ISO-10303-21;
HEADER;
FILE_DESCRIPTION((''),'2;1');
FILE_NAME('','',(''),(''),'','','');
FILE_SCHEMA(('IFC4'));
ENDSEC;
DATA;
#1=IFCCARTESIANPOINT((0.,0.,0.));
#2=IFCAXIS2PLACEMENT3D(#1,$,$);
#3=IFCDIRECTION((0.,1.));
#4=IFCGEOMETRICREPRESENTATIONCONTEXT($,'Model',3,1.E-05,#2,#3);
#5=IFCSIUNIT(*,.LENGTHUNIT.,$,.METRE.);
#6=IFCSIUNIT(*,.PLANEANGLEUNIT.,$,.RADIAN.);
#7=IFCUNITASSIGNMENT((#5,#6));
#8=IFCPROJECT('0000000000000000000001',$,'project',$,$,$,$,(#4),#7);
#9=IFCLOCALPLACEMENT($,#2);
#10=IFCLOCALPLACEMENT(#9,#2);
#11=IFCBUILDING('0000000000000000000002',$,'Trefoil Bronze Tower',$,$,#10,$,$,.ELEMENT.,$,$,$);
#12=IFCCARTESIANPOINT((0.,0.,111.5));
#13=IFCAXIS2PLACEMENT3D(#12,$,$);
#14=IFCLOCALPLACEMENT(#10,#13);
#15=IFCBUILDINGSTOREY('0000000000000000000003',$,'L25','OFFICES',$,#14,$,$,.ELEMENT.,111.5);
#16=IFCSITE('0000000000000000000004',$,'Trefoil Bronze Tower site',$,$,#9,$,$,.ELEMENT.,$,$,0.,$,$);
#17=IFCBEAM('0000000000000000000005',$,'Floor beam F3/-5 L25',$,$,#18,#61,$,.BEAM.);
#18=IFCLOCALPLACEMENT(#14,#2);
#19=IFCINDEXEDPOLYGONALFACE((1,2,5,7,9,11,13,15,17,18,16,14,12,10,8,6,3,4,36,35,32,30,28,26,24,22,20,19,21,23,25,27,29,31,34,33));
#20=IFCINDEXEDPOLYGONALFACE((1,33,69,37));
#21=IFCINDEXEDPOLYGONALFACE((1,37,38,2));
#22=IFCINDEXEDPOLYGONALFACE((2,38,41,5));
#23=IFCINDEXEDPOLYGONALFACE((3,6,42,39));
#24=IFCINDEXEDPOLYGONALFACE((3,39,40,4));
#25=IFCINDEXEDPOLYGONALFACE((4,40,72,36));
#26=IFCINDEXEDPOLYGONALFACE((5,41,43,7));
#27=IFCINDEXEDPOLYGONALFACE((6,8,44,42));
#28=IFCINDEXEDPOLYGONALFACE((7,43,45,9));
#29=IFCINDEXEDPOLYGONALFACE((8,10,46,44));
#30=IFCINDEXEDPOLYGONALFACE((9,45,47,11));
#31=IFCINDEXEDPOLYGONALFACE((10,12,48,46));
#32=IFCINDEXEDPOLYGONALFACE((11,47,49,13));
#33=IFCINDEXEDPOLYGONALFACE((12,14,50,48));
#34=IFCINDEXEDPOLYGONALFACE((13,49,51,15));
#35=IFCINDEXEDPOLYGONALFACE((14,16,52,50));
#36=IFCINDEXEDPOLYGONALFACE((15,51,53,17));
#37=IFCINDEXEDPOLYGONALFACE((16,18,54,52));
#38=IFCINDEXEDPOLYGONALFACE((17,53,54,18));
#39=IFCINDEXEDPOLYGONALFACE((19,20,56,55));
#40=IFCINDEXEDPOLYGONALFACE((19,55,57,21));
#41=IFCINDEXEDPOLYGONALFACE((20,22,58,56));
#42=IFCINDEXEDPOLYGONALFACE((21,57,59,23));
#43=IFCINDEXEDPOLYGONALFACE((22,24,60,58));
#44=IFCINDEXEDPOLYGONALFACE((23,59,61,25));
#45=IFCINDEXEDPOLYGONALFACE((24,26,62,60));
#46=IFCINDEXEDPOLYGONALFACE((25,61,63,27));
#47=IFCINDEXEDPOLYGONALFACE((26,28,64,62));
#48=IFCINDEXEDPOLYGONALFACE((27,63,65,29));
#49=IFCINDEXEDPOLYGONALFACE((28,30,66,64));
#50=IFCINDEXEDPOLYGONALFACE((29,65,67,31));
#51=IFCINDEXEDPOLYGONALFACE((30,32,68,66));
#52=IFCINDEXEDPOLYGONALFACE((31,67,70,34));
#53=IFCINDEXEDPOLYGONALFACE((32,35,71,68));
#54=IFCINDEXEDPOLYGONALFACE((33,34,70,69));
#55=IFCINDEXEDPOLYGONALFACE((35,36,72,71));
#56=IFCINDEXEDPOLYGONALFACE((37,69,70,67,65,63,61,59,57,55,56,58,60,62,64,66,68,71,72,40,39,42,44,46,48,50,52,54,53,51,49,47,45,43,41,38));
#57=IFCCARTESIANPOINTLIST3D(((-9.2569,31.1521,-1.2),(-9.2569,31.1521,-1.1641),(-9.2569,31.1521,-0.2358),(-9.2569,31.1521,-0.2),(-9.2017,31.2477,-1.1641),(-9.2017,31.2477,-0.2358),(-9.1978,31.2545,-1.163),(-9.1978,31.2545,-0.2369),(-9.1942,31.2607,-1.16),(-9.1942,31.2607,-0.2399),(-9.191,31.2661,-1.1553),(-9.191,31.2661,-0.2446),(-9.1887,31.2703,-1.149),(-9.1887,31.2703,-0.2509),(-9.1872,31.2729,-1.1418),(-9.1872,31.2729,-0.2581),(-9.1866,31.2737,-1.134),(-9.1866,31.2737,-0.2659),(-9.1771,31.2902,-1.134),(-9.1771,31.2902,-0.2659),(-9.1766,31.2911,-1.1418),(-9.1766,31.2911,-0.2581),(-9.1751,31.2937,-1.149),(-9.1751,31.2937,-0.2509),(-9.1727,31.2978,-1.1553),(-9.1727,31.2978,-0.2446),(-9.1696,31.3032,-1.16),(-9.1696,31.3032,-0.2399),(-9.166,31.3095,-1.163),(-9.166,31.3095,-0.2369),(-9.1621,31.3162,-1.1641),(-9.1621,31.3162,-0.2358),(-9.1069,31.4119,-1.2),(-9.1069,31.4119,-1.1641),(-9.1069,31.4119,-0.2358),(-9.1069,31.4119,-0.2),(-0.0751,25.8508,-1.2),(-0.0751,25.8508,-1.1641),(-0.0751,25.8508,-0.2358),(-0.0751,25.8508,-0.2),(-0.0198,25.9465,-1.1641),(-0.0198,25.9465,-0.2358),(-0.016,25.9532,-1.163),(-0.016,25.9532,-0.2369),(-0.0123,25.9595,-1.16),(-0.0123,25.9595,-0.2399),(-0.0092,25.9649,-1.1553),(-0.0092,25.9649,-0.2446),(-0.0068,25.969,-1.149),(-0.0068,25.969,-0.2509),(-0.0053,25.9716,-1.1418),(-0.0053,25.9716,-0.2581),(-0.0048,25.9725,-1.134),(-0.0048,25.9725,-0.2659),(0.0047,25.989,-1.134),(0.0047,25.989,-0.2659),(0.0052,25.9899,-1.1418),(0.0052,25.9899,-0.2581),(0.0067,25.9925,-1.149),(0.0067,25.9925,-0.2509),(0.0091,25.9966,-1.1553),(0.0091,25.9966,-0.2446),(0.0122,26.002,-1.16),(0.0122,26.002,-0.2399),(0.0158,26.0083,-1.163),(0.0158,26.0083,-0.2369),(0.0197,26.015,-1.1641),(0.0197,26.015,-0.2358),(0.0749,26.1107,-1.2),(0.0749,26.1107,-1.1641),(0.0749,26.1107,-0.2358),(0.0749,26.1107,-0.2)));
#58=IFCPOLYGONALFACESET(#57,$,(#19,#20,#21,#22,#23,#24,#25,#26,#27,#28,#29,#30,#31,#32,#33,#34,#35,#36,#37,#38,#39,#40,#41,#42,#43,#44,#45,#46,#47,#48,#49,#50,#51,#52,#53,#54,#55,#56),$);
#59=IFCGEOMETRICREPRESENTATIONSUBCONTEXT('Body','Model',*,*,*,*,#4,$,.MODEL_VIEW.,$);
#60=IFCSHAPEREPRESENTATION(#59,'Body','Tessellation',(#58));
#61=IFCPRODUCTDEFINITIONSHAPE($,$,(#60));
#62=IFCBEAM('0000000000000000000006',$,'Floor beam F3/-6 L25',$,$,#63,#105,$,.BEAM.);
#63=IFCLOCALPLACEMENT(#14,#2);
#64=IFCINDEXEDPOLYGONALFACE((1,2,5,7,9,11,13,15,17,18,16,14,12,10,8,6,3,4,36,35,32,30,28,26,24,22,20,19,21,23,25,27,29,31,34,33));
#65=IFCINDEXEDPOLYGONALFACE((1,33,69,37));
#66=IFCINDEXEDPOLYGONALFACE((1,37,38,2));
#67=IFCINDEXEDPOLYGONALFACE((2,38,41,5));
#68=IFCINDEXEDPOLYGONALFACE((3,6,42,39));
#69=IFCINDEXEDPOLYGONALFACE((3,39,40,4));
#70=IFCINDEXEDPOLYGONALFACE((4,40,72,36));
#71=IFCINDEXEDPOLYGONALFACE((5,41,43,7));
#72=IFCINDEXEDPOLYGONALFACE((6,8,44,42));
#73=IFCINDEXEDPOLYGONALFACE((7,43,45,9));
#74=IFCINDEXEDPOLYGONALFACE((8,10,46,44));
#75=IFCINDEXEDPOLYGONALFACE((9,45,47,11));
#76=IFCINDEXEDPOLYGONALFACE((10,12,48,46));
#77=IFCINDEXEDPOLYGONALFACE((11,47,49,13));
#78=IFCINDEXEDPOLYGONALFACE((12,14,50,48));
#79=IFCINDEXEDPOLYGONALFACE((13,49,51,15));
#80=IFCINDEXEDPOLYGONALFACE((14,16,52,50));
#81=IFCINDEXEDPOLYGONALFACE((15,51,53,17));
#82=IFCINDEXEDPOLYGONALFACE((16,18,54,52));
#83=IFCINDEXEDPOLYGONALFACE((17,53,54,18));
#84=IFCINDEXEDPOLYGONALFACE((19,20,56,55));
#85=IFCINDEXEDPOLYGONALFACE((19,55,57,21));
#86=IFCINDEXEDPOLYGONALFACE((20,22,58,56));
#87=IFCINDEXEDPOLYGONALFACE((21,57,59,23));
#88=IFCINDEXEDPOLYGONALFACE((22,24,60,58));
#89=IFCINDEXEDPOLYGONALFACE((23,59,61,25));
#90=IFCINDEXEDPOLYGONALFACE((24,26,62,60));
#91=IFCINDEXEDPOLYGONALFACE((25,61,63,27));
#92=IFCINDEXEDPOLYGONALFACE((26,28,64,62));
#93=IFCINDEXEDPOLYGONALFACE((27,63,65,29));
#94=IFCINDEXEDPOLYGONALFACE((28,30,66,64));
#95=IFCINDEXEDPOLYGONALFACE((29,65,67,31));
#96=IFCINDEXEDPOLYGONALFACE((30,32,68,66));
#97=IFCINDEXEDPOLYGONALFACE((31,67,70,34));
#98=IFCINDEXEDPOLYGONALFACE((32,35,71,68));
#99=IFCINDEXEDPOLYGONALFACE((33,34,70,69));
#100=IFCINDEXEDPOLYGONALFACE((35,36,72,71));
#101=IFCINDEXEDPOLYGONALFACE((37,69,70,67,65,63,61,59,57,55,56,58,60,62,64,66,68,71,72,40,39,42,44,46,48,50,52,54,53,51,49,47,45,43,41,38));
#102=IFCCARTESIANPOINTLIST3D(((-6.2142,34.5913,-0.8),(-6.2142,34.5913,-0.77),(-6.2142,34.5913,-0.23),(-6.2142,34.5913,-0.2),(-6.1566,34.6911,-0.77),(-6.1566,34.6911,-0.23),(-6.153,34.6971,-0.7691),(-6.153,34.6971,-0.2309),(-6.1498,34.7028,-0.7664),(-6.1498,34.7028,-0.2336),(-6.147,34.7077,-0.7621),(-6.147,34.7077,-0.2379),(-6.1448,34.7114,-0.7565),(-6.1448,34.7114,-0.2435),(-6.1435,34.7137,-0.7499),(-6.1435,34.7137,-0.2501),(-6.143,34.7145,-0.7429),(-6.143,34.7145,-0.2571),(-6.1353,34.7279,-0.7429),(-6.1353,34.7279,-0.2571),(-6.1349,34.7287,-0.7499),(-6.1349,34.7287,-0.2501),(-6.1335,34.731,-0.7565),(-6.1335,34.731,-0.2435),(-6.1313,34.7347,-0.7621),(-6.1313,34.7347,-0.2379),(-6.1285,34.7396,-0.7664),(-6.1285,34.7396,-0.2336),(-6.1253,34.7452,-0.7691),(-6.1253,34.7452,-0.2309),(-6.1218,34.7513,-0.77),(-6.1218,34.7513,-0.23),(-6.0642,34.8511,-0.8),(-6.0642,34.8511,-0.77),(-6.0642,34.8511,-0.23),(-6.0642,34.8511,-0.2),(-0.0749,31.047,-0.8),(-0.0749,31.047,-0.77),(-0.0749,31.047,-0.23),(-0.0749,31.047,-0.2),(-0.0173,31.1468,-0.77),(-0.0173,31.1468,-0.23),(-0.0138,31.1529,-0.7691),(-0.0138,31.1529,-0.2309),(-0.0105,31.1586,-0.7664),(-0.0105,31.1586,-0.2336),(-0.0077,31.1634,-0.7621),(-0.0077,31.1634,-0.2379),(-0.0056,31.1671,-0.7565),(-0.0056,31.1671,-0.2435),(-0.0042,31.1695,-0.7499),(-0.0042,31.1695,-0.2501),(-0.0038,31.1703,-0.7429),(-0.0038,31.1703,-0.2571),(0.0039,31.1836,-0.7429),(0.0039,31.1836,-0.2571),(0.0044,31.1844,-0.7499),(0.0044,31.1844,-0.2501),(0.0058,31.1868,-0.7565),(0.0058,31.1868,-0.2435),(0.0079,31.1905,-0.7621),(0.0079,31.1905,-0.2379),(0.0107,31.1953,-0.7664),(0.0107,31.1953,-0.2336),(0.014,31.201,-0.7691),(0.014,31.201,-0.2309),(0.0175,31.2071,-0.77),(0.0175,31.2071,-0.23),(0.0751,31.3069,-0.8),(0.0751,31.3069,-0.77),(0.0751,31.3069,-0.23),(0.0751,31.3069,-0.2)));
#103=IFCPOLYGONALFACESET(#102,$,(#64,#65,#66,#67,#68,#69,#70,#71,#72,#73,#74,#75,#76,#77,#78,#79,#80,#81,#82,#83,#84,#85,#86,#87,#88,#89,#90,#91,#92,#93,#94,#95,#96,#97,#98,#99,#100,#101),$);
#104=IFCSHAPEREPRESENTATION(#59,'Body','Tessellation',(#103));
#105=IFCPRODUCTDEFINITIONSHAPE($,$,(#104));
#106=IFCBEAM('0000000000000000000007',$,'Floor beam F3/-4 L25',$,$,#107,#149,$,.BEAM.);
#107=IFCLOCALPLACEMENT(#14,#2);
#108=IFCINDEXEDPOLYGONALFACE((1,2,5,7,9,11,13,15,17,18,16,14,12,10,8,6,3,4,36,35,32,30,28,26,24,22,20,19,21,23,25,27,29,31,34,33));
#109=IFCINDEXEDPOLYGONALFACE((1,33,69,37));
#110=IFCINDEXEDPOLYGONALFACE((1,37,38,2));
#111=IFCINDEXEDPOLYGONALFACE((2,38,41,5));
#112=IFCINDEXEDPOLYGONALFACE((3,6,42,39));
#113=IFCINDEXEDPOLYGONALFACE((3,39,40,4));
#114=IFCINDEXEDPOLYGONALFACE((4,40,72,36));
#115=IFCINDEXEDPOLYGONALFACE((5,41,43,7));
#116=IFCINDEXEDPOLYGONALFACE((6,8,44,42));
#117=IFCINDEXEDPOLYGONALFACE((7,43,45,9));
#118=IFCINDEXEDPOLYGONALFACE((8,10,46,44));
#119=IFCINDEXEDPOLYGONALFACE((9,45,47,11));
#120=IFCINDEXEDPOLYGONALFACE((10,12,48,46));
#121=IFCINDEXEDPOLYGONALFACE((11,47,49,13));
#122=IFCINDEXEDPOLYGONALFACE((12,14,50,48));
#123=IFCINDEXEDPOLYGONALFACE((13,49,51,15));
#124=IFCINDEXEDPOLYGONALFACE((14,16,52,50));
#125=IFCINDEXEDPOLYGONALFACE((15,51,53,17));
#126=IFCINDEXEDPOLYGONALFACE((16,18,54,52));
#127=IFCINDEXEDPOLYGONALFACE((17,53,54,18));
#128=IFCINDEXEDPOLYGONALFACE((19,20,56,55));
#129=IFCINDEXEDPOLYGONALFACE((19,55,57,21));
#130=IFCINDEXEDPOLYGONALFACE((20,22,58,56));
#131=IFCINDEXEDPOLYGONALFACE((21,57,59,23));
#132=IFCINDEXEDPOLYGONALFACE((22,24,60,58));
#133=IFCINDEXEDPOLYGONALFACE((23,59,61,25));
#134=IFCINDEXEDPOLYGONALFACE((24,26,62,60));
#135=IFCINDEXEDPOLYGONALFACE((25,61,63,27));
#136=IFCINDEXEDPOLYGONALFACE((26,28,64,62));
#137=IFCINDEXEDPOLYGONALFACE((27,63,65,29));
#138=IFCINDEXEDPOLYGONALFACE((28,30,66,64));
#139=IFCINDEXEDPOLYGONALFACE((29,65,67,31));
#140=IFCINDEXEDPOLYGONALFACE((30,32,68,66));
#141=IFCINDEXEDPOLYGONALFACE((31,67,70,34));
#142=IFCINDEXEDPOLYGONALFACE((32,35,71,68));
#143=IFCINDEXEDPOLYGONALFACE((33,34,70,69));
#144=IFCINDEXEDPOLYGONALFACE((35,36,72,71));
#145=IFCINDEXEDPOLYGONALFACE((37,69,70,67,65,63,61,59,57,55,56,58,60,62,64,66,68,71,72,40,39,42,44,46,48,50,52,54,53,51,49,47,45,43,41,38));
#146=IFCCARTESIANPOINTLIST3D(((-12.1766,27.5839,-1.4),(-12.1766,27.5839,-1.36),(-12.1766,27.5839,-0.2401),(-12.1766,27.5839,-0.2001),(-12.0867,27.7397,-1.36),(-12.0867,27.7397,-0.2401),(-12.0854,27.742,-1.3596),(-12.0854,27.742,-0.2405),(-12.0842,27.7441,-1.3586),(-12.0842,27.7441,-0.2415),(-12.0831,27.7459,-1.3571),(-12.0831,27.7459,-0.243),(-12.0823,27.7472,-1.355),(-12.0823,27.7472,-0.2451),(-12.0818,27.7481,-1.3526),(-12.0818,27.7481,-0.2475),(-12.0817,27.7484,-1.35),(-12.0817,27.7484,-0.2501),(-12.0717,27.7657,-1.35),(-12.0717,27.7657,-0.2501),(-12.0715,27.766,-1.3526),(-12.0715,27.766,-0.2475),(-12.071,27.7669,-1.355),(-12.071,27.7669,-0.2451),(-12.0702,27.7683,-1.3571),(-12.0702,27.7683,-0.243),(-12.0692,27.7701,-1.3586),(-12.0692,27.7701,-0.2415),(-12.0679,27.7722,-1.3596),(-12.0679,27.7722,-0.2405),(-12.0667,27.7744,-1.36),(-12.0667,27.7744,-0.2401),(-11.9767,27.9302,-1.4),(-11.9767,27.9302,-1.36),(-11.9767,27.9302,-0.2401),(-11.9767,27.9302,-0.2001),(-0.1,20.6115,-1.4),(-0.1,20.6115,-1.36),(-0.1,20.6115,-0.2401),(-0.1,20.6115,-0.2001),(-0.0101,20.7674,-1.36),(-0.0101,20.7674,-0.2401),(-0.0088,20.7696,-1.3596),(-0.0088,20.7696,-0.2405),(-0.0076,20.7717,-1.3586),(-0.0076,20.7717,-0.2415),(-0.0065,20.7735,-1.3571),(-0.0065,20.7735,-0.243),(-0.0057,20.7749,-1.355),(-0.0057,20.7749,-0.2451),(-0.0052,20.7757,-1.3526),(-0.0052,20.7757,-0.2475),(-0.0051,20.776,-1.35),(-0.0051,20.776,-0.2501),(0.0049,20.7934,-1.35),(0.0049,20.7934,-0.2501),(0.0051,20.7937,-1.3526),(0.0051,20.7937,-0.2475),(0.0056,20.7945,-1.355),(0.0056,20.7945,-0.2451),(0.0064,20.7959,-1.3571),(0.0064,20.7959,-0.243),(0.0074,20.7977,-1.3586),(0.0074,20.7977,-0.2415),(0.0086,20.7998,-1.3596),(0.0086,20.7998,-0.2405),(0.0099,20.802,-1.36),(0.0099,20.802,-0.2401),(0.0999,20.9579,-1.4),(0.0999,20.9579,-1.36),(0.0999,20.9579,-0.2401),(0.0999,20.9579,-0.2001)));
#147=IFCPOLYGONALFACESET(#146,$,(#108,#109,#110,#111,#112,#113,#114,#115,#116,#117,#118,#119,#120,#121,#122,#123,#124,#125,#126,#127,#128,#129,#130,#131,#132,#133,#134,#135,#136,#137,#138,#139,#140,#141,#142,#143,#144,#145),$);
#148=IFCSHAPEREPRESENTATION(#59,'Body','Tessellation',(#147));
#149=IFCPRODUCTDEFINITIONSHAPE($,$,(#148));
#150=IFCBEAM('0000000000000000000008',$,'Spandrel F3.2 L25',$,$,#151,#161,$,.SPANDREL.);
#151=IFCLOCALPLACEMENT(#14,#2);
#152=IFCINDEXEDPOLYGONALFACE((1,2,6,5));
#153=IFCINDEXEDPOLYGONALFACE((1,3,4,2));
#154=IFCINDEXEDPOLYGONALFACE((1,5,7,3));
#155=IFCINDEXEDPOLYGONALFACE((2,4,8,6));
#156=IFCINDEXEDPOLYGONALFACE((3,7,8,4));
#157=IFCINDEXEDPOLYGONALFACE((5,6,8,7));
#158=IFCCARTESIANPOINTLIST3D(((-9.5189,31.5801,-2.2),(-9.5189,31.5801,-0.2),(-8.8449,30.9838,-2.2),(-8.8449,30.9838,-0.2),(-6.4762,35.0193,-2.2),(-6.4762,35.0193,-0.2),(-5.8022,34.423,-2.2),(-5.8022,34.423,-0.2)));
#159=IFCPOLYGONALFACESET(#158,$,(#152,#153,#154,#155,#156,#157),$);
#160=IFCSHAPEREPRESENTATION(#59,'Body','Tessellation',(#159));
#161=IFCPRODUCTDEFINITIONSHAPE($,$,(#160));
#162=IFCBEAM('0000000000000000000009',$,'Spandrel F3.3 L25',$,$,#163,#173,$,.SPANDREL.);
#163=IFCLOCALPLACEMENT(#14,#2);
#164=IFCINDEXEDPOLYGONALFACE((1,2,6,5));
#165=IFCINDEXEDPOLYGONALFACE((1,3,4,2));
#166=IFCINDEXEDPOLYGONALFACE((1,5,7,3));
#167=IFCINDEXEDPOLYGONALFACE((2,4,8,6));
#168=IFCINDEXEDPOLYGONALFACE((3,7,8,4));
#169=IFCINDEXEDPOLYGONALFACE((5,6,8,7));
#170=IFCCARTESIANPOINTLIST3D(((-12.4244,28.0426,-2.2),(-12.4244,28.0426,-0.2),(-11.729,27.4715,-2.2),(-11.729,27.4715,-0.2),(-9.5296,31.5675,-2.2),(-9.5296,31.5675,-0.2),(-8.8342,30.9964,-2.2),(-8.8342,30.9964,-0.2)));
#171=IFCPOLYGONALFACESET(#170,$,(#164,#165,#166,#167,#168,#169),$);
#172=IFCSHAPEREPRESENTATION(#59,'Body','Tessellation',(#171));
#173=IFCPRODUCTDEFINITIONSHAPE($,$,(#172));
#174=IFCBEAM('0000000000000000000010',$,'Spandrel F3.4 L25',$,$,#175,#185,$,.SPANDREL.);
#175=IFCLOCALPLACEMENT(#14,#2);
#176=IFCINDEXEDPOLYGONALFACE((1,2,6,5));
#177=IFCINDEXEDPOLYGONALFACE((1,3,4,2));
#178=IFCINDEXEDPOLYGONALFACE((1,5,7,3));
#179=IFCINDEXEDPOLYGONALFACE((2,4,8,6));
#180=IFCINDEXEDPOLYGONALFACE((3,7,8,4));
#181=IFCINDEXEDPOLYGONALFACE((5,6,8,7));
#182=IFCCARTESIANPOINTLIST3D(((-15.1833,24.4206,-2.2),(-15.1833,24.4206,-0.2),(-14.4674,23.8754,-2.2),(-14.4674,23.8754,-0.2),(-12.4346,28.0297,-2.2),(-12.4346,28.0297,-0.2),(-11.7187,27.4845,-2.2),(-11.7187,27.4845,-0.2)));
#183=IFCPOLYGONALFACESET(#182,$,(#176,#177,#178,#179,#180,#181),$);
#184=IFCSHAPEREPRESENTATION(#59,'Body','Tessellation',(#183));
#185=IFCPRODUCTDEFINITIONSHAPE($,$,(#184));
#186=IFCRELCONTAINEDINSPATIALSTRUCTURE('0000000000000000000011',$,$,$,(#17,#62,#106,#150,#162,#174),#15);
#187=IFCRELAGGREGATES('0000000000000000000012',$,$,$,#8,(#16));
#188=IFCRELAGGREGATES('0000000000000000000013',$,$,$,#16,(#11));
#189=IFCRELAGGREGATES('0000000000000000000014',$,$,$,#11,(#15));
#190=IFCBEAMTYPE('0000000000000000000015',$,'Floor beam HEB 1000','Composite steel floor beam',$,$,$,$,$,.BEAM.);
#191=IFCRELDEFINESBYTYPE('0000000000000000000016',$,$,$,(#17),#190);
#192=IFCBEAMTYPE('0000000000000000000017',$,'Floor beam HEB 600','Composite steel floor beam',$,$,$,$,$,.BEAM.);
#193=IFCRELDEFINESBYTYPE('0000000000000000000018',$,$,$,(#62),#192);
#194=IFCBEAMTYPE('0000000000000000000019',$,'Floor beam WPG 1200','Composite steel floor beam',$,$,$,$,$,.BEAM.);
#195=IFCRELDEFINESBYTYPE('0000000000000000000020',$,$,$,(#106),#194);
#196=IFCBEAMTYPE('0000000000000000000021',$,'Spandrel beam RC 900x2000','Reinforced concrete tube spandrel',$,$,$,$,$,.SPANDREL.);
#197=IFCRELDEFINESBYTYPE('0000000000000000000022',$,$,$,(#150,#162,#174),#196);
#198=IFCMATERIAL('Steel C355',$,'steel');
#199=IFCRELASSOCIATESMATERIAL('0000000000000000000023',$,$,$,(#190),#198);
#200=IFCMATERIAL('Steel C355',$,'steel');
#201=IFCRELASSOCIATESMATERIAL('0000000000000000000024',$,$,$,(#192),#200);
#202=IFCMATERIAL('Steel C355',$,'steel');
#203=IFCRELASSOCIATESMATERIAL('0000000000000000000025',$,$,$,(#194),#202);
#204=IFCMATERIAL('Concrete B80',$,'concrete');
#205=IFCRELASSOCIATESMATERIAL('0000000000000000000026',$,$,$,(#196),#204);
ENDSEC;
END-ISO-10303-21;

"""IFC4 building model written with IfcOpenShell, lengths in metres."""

from ifc_helpers import new_model, si_unit, direction, frame, origin, origin_2d, place, context, subcontext, project, spatial, rectangle, i_section, extrude, material, material_profile, profile_set, type_object, element, save


model = new_model("IFC4")

# Units and contexts
model_context = context("Model", 3, precision=1e-05, world=origin(), true_north=direction((0.0, 1.0)))
body_context = subcontext(model_context, "Body", "Model", "MODEL_VIEW")
ifc_project = project(units=[si_unit("LENGTHUNIT", "METRE"), si_unit("PLANEANGLEUNIT", "RADIAN")], contexts=[model_context])

# Site, building, storey
site_placement = place(None, origin())
site = spatial("IfcSite", under=ifc_project, at=site_placement, Name="Trefoil Bronze Tower site", CompositionType="ELEMENT", RefElevation=0.0)
building_placement = place(site_placement, origin())
building = spatial("IfcBuilding", under=site, at=building_placement, Name="Trefoil Bronze Tower", CompositionType="ELEMENT")
storey_placement = place(building_placement, frame((0.0, 0.0, 111.5)))
storey = spatial("IfcBuildingStorey", under=building, at=storey_placement, Name="L25", Description="OFFICES", CompositionType="ELEMENT", Elevation=111.5)

# Beams
ifc_material_1 = material(Name="Steel C355", Category="steel")
ifc_material_profile_1 = material_profile(ifc_material_1, i_section(OverallWidth=0.3, OverallDepth=1.0, WebThickness=0.019, FlangeThickness=0.0359, FilletRadius=0.03, at=origin_2d()), Name="HEB 1000")
ifc_profile_set_1 = profile_set([ifc_material_profile_1], Name="Steel C355")
beam_type_1 = type_object("IfcBeamType", Name="Floor beam HEB 1000", Description="Composite steel floor beam", PredefinedType="BEAM", material=ifc_profile_set_1)
beam_1_placement = place(storey_placement, frame((-9.1819, 31.282, -0.7), z_axis=(0.866021, -0.500007, 0.0), x_axis=(0.500007, 0.866021, 0.0)))
element("IfcBeam", 1, at=beam_1_placement, inside=storey, type_object=beam_type_1, Name="Floor beam F3/-5 L25", PredefinedType="BEAM", context=body_context, shape_type="SweptSolid", body=[
    extrude(i_section(OverallWidth=0.3, OverallDepth=1.0, WebThickness=0.019, FlangeThickness=0.0359, FilletRadius=0.03, at=origin_2d()), origin(), (0.0, 0.0, 1.0), 10.6023),
])
ifc_material_2 = material(Name="Steel C355", Category="steel")
ifc_material_profile_2 = material_profile(ifc_material_2, i_section(OverallWidth=0.3, OverallDepth=0.6001, WebThickness=0.0154, FlangeThickness=0.03, FilletRadius=0.0271, at=origin_2d()), Name="HEB 600")
ifc_profile_set_2 = profile_set([ifc_material_profile_2], Name="Steel C355")
beam_type_2 = type_object("IfcBeamType", Name="Floor beam HEB 600", Description="Composite steel floor beam", PredefinedType="BEAM", material=ifc_profile_set_2)
beam_2_placement = place(storey_placement, frame((-6.1392, 34.7212, -0.5), z_axis=(0.866041, -0.499973, 0.0), x_axis=(0.499973, 0.866041, 0.0)))
element("IfcBeam", 2, at=beam_2_placement, inside=storey, type_object=beam_type_2, Name="Floor beam F3/-6 L25", PredefinedType="BEAM", context=body_context, shape_type="SweptSolid", body=[
    extrude(i_section(OverallWidth=0.3, OverallDepth=0.6001, WebThickness=0.0154, FlangeThickness=0.03, FilletRadius=0.0271, at=origin_2d()), origin(), (0.0, 0.0, 1.0), 7.0889),
])
ifc_material_3 = material(Name="Steel C355", Category="steel")
ifc_material_profile_3 = material_profile(ifc_material_3, i_section(OverallWidth=0.3999, OverallDepth=1.2, WebThickness=0.02, FlangeThickness=0.04, FilletRadius=0.01, at=origin_2d()), Name="WPG 1200")
ifc_profile_set_3 = profile_set([ifc_material_profile_3], Name="Steel C355")
beam_type_3 = type_object("IfcBeamType", Name="Floor beam WPG 1200", Description="Composite steel floor beam", PredefinedType="BEAM", material=ifc_profile_set_3)
beam_3_placement = place(storey_placement, frame((-12.0767, 27.7571, -0.8), z_axis=(0.866027, -0.499997, 0.0), x_axis=(0.499997, 0.866027, 0.0)))
element("IfcBeam", 3, at=beam_3_placement, inside=storey, type_object=beam_type_3, Name="Floor beam F3/-4 L25", PredefinedType="BEAM", context=body_context, shape_type="SweptSolid", body=[
    extrude(i_section(OverallWidth=0.3999, OverallDepth=1.2, WebThickness=0.02, FlangeThickness=0.04, FilletRadius=0.01, at=origin_2d()), origin(), (0.0, 0.0, 1.0), 13.9448),
])
ifc_material_4 = material(Name="Concrete B80", Category="concrete")
ifc_material_profile_4 = material_profile(ifc_material_4, rectangle(XDim=0.8999, YDim=2.0, at=origin_2d()), Name="RC 900x2000")
ifc_profile_set_4 = profile_set([ifc_material_profile_4], Name="Concrete B80")
beam_type_4 = type_object("IfcBeamType", Name="Spandrel beam RC 900x2000", Description="Reinforced concrete tube spandrel", PredefinedType="SPANDREL", material=ifc_profile_set_4)
beam_4_placement = place(storey_placement, frame((-6.1392, 34.7212, -1.2), z_axis=(-0.662616, -0.748959, 0.0), x_axis=(0.748959, -0.662616, 0.0)))
element("IfcBeam", 4, at=beam_4_placement, inside=storey, type_object=beam_type_4, Name="Spandrel F3.2 L25", PredefinedType="SPANDREL", context=body_context, shape_type="SweptSolid", body=[
    extrude(rectangle(XDim=0.8999, YDim=2.0, at=origin_2d()), origin(), (0.0, 0.0, 1.0), 4.592),
])
beam_5_placement = place(storey_placement, frame((-9.1819, 31.282, -1.2), z_axis=(-0.63465, -0.772799, 0.0), x_axis=(0.772799, -0.63465, 0.0)))
element("IfcBeam", 5, at=beam_5_placement, inside=storey, type_object=beam_type_4, Name="Spandrel F3.3 L25", PredefinedType="SPANDREL", context=body_context, shape_type="SweptSolid", body=[
    extrude(rectangle(XDim=0.8999, YDim=2.0, at=origin_2d()), origin(), (0.0, 0.0, 1.0), 4.5613),
])
beam_6_placement = place(storey_placement, frame((-12.0767, 27.7571, -1.2), z_axis=(-0.605899, -0.795542, 0.0), x_axis=(0.795542, -0.605899, 0.0)))
element("IfcBeam", 6, at=beam_6_placement, inside=storey, type_object=beam_type_4, Name="Spandrel F3.4 L25", PredefinedType="SPANDREL", context=body_context, shape_type="SweptSolid", body=[
    extrude(rectangle(XDim=0.8999, YDim=2.0, at=origin_2d()), origin(), (0.0, 0.0, 1.0), 4.5366),
])

save(model, "model.ifc")
